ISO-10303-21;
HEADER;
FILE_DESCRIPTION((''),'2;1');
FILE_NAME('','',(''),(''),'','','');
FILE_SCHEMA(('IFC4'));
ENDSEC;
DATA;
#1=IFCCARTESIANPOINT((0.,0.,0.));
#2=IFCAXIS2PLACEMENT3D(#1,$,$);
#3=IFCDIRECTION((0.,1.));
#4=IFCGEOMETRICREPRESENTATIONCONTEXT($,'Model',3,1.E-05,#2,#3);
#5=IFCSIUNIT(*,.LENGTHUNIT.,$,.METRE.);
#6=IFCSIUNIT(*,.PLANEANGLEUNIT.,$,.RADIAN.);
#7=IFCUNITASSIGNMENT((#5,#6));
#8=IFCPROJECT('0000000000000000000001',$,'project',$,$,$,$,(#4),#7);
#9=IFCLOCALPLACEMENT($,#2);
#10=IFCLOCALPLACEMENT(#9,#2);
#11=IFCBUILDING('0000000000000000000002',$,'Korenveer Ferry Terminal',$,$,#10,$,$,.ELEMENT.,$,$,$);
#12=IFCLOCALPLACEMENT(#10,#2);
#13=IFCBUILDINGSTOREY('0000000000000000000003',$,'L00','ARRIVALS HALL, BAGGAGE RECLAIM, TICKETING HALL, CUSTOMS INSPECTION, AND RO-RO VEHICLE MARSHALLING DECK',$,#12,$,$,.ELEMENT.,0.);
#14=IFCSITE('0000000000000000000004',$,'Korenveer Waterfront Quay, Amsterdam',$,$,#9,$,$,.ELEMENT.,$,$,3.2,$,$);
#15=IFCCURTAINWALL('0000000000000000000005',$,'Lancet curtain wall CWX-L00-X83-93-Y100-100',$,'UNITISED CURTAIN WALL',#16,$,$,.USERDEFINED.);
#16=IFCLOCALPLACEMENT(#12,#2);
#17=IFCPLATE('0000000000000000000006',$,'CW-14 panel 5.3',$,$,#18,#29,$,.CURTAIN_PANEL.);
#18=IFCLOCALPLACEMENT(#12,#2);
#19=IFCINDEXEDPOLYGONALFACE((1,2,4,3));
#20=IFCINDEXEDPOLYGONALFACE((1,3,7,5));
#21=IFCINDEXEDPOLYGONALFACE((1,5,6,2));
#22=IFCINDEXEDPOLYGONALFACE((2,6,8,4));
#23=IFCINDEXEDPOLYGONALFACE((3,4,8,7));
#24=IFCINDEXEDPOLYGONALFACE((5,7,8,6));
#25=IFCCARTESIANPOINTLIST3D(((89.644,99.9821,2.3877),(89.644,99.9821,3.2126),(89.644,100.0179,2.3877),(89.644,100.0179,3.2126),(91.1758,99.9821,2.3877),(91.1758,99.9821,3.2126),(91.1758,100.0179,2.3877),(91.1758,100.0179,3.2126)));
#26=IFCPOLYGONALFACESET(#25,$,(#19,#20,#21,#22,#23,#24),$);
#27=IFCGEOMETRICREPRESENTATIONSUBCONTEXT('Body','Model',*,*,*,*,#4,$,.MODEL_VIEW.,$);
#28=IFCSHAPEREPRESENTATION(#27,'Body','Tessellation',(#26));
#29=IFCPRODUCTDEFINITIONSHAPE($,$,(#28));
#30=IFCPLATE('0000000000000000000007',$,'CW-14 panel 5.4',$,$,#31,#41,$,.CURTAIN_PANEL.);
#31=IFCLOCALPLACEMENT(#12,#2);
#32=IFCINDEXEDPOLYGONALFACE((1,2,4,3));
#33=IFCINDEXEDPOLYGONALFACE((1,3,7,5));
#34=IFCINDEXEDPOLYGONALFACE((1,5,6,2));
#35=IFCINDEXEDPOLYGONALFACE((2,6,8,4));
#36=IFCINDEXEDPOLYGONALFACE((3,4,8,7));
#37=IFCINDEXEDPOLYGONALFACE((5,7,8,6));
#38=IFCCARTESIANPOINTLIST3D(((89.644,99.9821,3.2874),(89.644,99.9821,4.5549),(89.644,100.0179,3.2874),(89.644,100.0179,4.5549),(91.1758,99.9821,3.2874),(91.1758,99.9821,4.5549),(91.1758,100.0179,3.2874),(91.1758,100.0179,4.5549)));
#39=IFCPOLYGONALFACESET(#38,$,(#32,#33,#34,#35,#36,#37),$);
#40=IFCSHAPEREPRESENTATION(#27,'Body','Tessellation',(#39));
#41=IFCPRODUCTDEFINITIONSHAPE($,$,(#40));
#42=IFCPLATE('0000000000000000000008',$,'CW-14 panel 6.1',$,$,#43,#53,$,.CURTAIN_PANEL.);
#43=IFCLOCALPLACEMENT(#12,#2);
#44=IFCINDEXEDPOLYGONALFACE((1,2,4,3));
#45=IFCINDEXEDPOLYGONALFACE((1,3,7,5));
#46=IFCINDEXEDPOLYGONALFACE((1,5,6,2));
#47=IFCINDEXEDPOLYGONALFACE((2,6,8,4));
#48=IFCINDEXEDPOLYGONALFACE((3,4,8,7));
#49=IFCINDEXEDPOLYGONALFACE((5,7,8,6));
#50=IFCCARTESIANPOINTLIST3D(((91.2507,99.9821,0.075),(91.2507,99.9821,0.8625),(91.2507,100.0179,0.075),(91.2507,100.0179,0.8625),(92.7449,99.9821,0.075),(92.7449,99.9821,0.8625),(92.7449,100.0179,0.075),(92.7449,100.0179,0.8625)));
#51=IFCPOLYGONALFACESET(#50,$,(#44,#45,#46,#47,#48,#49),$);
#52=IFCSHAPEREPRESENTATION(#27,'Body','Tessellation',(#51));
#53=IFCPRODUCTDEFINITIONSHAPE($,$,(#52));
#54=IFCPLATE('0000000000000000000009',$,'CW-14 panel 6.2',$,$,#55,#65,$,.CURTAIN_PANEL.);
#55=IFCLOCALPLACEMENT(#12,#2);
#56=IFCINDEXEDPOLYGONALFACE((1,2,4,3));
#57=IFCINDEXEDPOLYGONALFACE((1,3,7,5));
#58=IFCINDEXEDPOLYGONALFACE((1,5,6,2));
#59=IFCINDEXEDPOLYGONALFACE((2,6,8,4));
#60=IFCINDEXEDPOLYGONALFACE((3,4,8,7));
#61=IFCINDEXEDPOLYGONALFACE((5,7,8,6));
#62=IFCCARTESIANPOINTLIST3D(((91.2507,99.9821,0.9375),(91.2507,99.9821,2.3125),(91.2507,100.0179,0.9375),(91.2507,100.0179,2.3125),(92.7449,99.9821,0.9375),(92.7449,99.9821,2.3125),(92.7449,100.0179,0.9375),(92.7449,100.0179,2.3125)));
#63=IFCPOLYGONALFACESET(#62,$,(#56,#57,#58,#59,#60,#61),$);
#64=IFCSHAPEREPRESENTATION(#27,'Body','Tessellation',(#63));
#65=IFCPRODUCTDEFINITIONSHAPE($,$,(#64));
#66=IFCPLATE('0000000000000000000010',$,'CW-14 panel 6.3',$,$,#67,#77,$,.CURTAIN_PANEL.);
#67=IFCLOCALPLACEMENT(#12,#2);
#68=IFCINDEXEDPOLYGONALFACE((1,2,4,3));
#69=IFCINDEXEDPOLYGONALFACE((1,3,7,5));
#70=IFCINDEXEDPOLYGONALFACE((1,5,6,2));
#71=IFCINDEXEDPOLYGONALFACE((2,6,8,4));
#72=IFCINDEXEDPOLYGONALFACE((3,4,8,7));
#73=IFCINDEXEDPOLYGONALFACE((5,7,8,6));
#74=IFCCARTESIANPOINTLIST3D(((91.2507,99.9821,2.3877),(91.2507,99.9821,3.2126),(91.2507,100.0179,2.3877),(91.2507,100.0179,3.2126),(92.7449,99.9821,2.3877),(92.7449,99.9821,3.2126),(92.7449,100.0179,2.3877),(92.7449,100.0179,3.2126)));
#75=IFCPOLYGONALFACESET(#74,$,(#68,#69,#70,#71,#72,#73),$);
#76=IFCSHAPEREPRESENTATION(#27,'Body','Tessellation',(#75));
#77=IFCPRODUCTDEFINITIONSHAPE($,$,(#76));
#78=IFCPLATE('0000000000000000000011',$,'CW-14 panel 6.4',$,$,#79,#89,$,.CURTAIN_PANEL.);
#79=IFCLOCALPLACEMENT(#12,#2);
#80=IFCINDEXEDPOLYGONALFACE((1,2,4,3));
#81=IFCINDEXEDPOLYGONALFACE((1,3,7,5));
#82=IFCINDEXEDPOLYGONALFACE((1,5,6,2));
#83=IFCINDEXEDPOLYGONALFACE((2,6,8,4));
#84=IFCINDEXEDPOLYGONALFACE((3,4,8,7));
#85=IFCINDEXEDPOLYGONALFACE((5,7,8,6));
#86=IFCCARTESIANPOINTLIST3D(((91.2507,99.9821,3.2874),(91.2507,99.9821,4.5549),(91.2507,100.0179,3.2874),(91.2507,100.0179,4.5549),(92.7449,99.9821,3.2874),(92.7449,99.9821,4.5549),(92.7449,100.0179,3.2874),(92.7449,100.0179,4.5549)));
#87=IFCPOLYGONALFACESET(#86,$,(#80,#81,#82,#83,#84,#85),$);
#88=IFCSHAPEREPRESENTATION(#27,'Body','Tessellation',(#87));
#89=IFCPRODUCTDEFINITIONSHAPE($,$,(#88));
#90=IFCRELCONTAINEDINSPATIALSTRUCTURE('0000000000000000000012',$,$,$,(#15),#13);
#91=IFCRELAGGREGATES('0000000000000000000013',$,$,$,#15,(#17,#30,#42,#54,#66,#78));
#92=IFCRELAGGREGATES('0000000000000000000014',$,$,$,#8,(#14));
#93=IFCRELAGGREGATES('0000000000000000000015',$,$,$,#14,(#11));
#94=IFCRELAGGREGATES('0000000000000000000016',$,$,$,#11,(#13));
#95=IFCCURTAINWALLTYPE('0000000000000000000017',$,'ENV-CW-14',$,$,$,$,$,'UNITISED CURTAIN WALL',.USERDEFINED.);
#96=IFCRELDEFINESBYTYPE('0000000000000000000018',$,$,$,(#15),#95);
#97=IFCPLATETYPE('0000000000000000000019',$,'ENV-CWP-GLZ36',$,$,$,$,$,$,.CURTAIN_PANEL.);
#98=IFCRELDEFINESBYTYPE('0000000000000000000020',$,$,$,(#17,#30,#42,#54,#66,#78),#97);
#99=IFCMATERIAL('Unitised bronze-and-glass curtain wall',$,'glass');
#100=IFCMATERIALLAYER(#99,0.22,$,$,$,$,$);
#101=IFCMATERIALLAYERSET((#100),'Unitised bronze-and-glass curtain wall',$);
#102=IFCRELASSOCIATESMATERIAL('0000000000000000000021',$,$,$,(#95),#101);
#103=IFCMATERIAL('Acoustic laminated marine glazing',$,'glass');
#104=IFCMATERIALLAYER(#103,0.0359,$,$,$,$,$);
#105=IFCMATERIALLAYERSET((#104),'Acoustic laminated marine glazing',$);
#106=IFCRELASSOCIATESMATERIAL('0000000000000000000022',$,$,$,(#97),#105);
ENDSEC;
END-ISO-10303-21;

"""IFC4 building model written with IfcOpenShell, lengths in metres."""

from ifc_helpers import new_model, si_unit, direction, frame, origin, origin_2d, place, context, subcontext, project, spatial, rectangle, extrude, material, layer, layer_set, type_object, element, aggregate, save


model = new_model("IFC4")

# Units and contexts
model_context = context("Model", 3, precision=1e-05, world=origin(), true_north=direction((0.0, 1.0)))
body_context = subcontext(model_context, "Body", "Model", "MODEL_VIEW")
ifc_project = project(units=[si_unit("LENGTHUNIT", "METRE"), si_unit("PLANEANGLEUNIT", "RADIAN")], contexts=[model_context])

# Site, building, storey
site_placement = place(None, origin())
site = spatial("IfcSite", under=ifc_project, at=site_placement, Name="Korenveer Waterfront Quay, Amsterdam", CompositionType="ELEMENT", RefElevation=3.2)
building_placement = place(site_placement, origin())
building = spatial("IfcBuilding", under=site, at=building_placement, Name="Korenveer Ferry Terminal", CompositionType="ELEMENT")
storey_placement = place(building_placement, origin())
storey = spatial("IfcBuildingStorey", under=building, at=storey_placement, Name="L00", Description="ARRIVALS HALL, BAGGAGE RECLAIM, TICKETING HALL, CUSTOMS INSPECTION, AND RO-RO VEHICLE MARSHALLING DECK", CompositionType="ELEMENT", Elevation=0.0)

# Curtain wall
ifc_material_1 = material(Name="Unitised bronze-and-glass curtain wall", Category="glass")
ifc_layer_1 = layer(ifc_material_1, 0.22)
ifc_layer_set_1 = layer_set([ifc_layer_1], Name="Unitised bronze-and-glass curtain wall")
curtain_wall_type = type_object("IfcCurtainWallType", Name="ENV-CW-14", ElementType="UNITISED CURTAIN WALL", PredefinedType="USERDEFINED", material=ifc_layer_set_1)
curtain_wall_placement = place(storey_placement, frame((83.1799, 100.0, 0.0)))
curtain_wall = element("IfcCurtainWall", 1, at=curtain_wall_placement, inside=storey, type_object=curtain_wall_type, Name="Lancet curtain wall CWX-L00-X83-93-Y100-100", ObjectType="UNITISED CURTAIN WALL", PredefinedType="USERDEFINED")

# Plates
ifc_material_2 = material(Name="Acoustic laminated marine glazing", Category="glass")
ifc_layer_2 = layer(ifc_material_2, 0.0359)
ifc_layer_set_2 = layer_set([ifc_layer_2], Name="Acoustic laminated marine glazing")
plate_type = type_object("IfcPlateType", Name="ENV-CWP-GLZ36", PredefinedType="CURTAIN_PANEL", material=ifc_layer_set_2)
plate_1_placement = place(storey_placement, frame((90.4099, 100.0, 2.3877), z_axis=(0.0, 0.0, 1.0), x_axis=(1.0, 0.0, 0.0)))
plate_1 = element("IfcPlate", 2, at=plate_1_placement, type_object=plate_type, Name="CW-14 panel 5.3", PredefinedType="CURTAIN_PANEL", context=body_context, shape_type="SweptSolid", body=[
    extrude(rectangle(XDim=1.5317, YDim=0.0359, at=origin_2d()), origin(), (0.0, 0.0, 1.0), 0.825),
])
plate_2_placement = place(storey_placement, frame((90.4099, 100.0, 3.2874), z_axis=(0.0, 0.0, 1.0), x_axis=(1.0, 0.0, 0.0)))
plate_2 = element("IfcPlate", 3, at=plate_2_placement, type_object=plate_type, Name="CW-14 panel 5.4", PredefinedType="CURTAIN_PANEL", context=body_context, shape_type="SweptSolid", body=[
    extrude(rectangle(XDim=1.5317, YDim=0.0359, at=origin_2d()), origin(), (0.0, 0.0, 1.0), 1.2676),
])
plate_3_placement = place(storey_placement, frame((91.9978, 100.0, 0.075), z_axis=(0.0, 0.0, 1.0), x_axis=(1.0, 0.0, 0.0)))
plate_3 = element("IfcPlate", 4, at=plate_3_placement, type_object=plate_type, Name="CW-14 panel 6.1", PredefinedType="CURTAIN_PANEL", context=body_context, shape_type="SweptSolid", body=[
    extrude(rectangle(XDim=1.4941, YDim=0.0359, at=origin_2d()), origin(), (0.0, 0.0, 1.0), 0.7876),
])
plate_4_placement = place(storey_placement, frame((91.9978, 100.0, 0.9375), z_axis=(0.0, 0.0, 1.0), x_axis=(1.0, 0.0, 0.0)))
plate_4 = element("IfcPlate", 5, at=plate_4_placement, type_object=plate_type, Name="CW-14 panel 6.2", PredefinedType="CURTAIN_PANEL", context=body_context, shape_type="SweptSolid", body=[
    extrude(rectangle(XDim=1.4941, YDim=0.0359, at=origin_2d()), origin(), (0.0, 0.0, 1.0), 1.375),
])
plate_5_placement = place(storey_placement, frame((91.9978, 100.0, 2.3877), z_axis=(0.0, 0.0, 1.0), x_axis=(1.0, 0.0, 0.0)))
plate_5 = element("IfcPlate", 6, at=plate_5_placement, type_object=plate_type, Name="CW-14 panel 6.3", PredefinedType="CURTAIN_PANEL", context=body_context, shape_type="SweptSolid", body=[
    extrude(rectangle(XDim=1.4941, YDim=0.0359, at=origin_2d()), origin(), (0.0, 0.0, 1.0), 0.825),
])
plate_6_placement = place(storey_placement, frame((91.9978, 100.0, 3.2874), z_axis=(0.0, 0.0, 1.0), x_axis=(1.0, 0.0, 0.0)))
plate_6 = element("IfcPlate", 7, at=plate_6_placement, type_object=plate_type, Name="CW-14 panel 6.4", PredefinedType="CURTAIN_PANEL", context=body_context, shape_type="SweptSolid", body=[
    extrude(rectangle(XDim=1.4941, YDim=0.0359, at=origin_2d()), origin(), (0.0, 0.0, 1.0), 1.2676),
])
aggregate(curtain_wall, [plate_1, plate_2, plate_3, plate_4, plate_5, plate_6])

save(model, "model.ifc")
